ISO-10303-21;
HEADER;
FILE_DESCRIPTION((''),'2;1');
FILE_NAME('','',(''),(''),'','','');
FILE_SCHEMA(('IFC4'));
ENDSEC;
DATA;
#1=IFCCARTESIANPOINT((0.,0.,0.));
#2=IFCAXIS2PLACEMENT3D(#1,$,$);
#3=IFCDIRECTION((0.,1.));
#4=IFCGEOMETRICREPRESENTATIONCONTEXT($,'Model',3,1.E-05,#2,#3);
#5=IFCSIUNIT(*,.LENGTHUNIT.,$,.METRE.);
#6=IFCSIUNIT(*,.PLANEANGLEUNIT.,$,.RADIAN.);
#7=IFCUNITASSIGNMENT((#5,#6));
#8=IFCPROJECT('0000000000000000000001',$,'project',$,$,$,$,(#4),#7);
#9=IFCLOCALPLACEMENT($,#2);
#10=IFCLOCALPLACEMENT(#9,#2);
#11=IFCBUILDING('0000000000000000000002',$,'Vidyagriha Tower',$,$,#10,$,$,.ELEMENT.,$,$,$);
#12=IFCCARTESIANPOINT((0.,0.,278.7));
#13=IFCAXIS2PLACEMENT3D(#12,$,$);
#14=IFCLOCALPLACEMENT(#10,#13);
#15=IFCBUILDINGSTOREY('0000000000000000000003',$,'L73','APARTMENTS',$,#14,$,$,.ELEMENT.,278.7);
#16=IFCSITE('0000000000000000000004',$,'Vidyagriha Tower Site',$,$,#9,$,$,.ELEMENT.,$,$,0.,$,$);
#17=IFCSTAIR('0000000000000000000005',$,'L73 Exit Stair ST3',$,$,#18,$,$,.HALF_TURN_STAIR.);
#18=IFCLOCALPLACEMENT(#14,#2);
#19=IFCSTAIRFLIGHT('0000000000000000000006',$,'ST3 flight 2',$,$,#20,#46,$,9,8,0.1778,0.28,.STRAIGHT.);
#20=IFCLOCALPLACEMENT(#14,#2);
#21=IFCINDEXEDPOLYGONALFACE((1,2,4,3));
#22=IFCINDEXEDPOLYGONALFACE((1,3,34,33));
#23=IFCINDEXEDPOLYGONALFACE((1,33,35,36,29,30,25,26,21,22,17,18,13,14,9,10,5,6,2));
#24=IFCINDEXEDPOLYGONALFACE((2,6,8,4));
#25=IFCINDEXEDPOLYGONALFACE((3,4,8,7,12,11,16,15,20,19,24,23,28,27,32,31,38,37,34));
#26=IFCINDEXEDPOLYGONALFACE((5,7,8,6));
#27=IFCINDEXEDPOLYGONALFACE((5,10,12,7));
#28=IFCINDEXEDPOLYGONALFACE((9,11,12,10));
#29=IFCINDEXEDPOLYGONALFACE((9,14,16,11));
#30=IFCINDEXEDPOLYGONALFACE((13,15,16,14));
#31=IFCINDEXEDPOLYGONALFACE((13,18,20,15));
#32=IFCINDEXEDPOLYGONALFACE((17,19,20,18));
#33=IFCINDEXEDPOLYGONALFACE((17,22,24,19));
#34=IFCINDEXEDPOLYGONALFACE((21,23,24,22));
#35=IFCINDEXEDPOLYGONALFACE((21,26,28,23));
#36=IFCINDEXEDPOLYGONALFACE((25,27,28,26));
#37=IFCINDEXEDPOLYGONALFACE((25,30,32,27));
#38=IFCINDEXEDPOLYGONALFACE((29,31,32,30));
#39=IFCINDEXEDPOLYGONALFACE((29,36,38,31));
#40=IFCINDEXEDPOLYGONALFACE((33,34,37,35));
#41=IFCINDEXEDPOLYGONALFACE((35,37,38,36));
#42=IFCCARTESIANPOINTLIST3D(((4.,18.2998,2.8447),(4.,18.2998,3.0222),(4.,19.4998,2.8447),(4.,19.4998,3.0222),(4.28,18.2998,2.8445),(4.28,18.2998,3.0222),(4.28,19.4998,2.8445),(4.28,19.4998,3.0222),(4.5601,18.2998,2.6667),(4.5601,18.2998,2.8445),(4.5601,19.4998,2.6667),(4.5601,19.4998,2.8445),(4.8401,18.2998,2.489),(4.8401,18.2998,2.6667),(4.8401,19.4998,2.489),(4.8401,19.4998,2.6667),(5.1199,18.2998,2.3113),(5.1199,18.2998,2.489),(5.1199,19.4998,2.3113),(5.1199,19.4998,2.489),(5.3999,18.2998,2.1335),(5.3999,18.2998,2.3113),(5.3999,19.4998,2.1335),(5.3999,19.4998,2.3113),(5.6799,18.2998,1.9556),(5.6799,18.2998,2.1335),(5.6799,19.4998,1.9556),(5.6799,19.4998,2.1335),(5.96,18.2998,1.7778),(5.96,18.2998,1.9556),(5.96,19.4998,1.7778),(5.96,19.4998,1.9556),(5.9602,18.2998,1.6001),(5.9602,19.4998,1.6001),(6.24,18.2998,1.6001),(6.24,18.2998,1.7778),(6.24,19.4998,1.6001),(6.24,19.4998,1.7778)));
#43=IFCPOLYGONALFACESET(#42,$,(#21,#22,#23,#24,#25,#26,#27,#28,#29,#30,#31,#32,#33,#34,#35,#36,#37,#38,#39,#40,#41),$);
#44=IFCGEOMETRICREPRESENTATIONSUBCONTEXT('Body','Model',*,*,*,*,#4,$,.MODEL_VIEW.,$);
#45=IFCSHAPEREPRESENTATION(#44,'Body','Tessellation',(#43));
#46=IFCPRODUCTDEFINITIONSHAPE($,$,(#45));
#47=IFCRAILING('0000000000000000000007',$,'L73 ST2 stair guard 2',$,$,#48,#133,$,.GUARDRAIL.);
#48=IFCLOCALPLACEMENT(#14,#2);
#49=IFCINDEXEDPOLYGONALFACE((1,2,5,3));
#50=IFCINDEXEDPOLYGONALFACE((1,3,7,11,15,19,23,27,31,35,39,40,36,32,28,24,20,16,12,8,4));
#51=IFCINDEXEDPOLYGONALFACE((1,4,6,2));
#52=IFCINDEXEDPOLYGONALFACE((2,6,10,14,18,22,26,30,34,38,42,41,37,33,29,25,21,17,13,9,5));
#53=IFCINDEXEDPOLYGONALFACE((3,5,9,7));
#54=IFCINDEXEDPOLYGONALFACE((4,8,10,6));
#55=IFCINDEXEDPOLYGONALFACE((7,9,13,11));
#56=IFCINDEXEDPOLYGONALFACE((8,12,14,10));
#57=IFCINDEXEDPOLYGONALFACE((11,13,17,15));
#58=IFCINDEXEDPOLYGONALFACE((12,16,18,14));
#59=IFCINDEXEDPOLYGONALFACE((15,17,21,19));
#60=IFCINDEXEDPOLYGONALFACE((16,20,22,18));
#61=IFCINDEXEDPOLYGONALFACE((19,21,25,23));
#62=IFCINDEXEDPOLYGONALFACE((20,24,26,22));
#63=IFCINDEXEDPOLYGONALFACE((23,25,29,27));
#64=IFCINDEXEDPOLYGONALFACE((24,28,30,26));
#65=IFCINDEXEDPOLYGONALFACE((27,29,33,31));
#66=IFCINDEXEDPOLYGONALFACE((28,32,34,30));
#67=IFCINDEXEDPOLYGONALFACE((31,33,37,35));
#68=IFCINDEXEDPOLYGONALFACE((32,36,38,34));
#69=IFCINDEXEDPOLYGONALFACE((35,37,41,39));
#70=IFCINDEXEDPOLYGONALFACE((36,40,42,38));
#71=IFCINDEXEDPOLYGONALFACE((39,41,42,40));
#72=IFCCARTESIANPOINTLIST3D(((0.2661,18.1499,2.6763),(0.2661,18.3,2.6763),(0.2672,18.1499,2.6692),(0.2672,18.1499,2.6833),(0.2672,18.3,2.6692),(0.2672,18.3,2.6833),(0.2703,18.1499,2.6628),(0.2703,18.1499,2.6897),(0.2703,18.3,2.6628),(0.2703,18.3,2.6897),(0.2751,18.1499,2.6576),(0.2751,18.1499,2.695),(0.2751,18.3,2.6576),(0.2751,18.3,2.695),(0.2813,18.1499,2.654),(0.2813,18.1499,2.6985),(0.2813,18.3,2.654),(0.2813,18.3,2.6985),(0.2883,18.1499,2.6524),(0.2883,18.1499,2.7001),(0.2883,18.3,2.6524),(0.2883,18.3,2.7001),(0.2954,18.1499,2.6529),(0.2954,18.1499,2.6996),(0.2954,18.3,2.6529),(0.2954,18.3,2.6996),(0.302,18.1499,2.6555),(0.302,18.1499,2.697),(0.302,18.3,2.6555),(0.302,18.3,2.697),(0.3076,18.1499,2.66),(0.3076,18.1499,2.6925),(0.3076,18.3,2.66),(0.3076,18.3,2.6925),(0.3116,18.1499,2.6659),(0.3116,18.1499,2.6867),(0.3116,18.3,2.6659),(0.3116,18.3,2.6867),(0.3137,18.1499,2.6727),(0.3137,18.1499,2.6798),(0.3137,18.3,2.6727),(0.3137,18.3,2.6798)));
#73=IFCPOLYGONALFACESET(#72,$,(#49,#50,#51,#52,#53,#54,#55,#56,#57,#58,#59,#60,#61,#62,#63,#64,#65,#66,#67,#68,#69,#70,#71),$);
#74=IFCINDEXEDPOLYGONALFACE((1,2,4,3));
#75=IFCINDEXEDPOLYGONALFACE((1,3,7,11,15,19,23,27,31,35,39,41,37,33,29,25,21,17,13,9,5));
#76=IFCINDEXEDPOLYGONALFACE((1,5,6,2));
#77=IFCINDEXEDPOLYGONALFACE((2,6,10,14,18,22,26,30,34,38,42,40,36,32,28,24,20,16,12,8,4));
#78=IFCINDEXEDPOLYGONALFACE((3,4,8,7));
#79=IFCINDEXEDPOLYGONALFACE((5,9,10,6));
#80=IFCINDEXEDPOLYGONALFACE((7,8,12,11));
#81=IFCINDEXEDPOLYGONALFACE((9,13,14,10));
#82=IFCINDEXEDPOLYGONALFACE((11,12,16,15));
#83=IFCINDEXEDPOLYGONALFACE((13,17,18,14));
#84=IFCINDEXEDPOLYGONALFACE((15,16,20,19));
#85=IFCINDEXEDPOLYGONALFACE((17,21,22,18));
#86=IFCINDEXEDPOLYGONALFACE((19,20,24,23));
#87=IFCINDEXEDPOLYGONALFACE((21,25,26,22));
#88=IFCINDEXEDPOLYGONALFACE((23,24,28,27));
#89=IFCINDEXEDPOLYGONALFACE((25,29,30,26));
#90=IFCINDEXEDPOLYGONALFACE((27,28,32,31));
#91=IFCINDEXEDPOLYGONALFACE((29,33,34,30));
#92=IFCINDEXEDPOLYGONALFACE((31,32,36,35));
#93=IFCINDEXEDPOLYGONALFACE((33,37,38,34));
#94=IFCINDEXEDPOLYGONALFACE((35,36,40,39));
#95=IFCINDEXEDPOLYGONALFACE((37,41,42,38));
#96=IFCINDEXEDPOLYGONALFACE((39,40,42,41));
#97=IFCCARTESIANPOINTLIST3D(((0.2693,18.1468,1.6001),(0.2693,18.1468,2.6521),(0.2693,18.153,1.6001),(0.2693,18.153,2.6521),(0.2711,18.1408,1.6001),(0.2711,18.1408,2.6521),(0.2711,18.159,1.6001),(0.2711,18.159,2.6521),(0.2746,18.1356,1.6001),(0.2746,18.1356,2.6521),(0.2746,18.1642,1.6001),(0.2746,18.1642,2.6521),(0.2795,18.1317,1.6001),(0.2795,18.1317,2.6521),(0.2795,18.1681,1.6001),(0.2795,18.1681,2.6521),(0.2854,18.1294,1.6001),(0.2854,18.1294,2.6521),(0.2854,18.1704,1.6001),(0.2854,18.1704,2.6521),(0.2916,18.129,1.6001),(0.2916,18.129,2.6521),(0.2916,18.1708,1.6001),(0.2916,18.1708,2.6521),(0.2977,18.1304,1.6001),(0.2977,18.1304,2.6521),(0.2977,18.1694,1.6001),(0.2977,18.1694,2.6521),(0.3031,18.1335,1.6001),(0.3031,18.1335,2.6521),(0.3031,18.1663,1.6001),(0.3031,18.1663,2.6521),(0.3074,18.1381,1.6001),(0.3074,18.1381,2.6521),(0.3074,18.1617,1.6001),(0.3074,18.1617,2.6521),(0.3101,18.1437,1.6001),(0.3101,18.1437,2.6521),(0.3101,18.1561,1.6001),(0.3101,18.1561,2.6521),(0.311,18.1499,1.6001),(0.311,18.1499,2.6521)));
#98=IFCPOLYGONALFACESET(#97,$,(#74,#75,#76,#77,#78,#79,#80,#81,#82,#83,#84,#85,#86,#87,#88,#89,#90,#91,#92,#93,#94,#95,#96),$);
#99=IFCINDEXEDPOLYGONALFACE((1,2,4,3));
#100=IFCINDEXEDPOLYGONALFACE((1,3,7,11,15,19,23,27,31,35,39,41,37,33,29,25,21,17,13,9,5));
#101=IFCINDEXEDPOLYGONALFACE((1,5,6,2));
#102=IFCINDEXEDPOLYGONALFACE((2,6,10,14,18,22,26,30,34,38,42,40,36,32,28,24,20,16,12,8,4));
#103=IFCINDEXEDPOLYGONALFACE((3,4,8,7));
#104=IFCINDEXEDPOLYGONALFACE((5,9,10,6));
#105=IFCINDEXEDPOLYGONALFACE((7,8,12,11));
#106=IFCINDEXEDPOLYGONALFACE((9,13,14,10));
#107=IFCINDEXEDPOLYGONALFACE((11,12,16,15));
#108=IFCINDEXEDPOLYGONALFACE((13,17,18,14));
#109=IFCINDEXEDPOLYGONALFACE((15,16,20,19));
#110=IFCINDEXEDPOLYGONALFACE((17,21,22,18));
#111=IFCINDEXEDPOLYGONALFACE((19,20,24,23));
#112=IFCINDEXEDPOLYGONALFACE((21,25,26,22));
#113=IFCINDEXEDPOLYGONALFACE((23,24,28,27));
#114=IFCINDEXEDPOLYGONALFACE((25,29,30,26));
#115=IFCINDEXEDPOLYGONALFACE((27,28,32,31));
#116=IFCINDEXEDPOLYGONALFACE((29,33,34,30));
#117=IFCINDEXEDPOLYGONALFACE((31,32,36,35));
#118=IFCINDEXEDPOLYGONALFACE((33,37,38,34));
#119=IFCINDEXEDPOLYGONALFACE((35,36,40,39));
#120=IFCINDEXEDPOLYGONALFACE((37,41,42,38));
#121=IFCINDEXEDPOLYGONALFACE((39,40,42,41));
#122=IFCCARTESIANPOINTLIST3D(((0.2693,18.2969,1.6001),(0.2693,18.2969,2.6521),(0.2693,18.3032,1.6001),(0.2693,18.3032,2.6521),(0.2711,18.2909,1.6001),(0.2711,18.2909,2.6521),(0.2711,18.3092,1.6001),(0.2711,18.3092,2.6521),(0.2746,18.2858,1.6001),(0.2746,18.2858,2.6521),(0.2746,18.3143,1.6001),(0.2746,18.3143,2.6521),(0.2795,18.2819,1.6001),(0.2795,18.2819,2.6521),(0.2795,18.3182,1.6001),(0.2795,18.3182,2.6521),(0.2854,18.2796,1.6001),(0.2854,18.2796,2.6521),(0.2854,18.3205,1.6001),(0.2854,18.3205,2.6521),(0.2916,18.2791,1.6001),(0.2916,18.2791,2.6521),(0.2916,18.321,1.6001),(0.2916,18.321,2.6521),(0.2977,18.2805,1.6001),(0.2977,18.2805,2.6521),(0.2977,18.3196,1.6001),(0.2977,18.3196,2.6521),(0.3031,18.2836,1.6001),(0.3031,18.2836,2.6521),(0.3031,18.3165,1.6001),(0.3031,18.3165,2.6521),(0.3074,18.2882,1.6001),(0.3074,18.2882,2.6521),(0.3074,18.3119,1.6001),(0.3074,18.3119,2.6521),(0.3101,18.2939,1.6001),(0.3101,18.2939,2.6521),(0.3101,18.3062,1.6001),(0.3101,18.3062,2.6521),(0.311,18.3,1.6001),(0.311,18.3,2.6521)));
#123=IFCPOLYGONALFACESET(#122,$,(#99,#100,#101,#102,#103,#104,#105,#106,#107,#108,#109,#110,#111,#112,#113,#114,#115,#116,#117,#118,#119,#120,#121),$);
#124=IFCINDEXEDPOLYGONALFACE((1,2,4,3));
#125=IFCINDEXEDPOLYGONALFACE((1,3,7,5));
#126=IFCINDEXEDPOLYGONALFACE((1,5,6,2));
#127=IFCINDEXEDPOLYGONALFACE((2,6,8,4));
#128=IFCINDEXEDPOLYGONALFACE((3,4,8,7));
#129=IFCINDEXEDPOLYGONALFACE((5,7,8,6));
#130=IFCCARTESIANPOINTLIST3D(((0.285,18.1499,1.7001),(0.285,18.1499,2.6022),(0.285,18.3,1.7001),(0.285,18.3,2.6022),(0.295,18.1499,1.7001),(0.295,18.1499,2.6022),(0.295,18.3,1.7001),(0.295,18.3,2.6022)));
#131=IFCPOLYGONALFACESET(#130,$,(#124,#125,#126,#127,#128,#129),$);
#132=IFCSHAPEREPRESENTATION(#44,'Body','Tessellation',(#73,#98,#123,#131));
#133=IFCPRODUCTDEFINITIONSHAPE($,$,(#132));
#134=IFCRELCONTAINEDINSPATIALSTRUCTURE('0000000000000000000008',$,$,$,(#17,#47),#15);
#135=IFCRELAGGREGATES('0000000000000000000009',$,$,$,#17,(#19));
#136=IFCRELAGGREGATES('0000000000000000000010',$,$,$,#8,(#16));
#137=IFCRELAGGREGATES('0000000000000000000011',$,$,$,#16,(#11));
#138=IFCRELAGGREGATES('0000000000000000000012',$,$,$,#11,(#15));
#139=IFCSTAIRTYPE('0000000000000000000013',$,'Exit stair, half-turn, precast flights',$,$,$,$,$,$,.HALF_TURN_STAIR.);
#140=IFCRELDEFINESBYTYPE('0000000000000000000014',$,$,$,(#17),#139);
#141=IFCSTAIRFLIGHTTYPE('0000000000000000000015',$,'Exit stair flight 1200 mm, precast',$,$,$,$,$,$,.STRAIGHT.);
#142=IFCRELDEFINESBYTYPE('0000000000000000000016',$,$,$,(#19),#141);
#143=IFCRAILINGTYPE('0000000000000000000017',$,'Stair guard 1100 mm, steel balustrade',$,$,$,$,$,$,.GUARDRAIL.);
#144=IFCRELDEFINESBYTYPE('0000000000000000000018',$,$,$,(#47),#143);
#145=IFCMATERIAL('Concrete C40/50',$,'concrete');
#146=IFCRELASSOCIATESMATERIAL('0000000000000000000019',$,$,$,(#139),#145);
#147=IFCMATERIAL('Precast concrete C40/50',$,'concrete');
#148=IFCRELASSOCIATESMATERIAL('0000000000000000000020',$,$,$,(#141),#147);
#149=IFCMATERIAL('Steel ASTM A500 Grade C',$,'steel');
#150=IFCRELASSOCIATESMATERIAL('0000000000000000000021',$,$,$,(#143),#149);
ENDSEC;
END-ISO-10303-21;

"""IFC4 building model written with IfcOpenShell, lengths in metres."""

from ifc_helpers import new_model, si_unit, direction, frame, origin, origin_2d, place, context, subcontext, project, spatial, polyline, rectangle, circle, outline, extrude, material, type_object, element, aggregate, save


model = new_model("IFC4")

# Units and contexts
model_context = context("Model", 3, precision=1e-05, world=origin(), true_north=direction((0.0, 1.0)))
body_context = subcontext(model_context, "Body", "Model", "MODEL_VIEW")
ifc_project = project(units=[si_unit("LENGTHUNIT", "METRE"), si_unit("PLANEANGLEUNIT", "RADIAN")], contexts=[model_context])

# Site, building, storey
site_placement = place(None, origin())
site = spatial("IfcSite", under=ifc_project, at=site_placement, Name="Vidyagriha Tower Site", CompositionType="ELEMENT", RefElevation=0.0)
building_placement = place(site_placement, origin())
building = spatial("IfcBuilding", under=site, at=building_placement, Name="Vidyagriha Tower", CompositionType="ELEMENT")
storey_placement = place(building_placement, frame((0.0, 0.0, 278.7)))
storey = spatial("IfcBuildingStorey", under=building, at=storey_placement, Name="L73", Description="APARTMENTS", CompositionType="ELEMENT", Elevation=278.7)

# Stair, stair flight
ifc_material_1 = material(Name="Concrete C40/50", Category="concrete")
stair_type = type_object("IfcStairType", Name="Exit stair, half-turn, precast flights", PredefinedType="HALF_TURN_STAIR", material=ifc_material_1)
ifc_material_2 = material(Name="Precast concrete C40/50", Category="concrete")
stair_flight_type = type_object("IfcStairFlightType", Name="Exit stair flight 1200 mm, precast", PredefinedType="STRAIGHT", material=ifc_material_2)
stair_1_placement = place(storey_placement, origin())
stair_1 = element("IfcStair", 1, at=stair_1_placement, inside=storey, type_object=stair_type, Name="L73 Exit Stair ST3", PredefinedType="HALF_TURN_STAIR")
stair_flight_1_placement = place(storey_placement, frame((6.24, 18.8999, 1.6001), z_axis=(0.0, 0.0, 1.0), x_axis=(-1.0, 0.0, 0.0)))
stair_flight_1 = element("IfcStairFlight", 2, at=stair_flight_1_placement, type_object=stair_flight_type, Name="ST3 flight 2", NumberOfRisers=9, NumberOfTreads=8, PredefinedType="STRAIGHT", RiserHeight=0.1778, TreadLength=0.28, context=body_context, shape_type="SweptSolid", body=[
    extrude(outline(polyline([(0.0, 0.0), (0.0, 0.1777), (0.28, 0.1777), (0.28, 0.3555), (0.5601, 0.3555), (0.5601, 0.5334), (0.8401, 0.5334), (0.8401, 0.7112), (1.1201, 0.7112), (1.1201, 0.8889), (1.3999, 0.8889), (1.3999, 1.0667), (1.6799, 1.0667), (1.6799, 1.2444), (1.96, 1.2444), (1.96, 1.4221), (2.24, 1.4221), (2.24, 1.6001), (2.24, 1.2446), (0.2798, 0.0), (0.0, 0.0)])), frame((0.0, 0.6001, 0.0), z_axis=(0.0, -1.0, 0.0), x_axis=(1.0, 0.0, 0.0)), (0.0, 0.0, 1.0), 1.2),
])
aggregate(stair_1, [stair_flight_1])

# Railing
ifc_material_3 = material(Name="Steel ASTM A500 Grade C", Category="steel")
railing_type_1 = type_object("IfcRailingType", Name="Stair guard 1100 mm, steel balustrade", PredefinedType="GUARDRAIL", material=ifc_material_3)
railing_1_placement = place(storey_placement, frame((0.29, 18.1499, 1.6001)))
element("IfcRailing", 3, at=railing_1_placement, inside=storey, type_object=railing_type_1, Name="L73 ST2 stair guard 2", PredefinedType="GUARDRAIL", context=body_context, shape_type="SweptSolid", body=[
    extrude(circle(Radius=0.0239, at=origin_2d()), frame((0.0, 0.0, 1.0762), z_axis=(0.0, 1.0, 0.0), x_axis=(-1.0, 0.0, 0.0)), (0.0, 0.0, 1.0), 0.1501),
    extrude(circle(Radius=0.021, at=origin_2d()), origin(), (0.0, 0.0, 1.0), 1.052),
    extrude(circle(Radius=0.021, at=origin_2d()), frame((0.0, 0.1501, 0.0)), (0.0, 0.0, 1.0), 1.052),
    extrude(rectangle(XDim=0.01, YDim=0.9021, at=origin_2d()), frame((0.0, 0.0, 0.551), z_axis=(0.0, 1.0, 0.0), x_axis=(-1.0, 0.0, 0.0)), (0.0, 0.0, 1.0), 0.1501),
])

save(model, "model.ifc")
